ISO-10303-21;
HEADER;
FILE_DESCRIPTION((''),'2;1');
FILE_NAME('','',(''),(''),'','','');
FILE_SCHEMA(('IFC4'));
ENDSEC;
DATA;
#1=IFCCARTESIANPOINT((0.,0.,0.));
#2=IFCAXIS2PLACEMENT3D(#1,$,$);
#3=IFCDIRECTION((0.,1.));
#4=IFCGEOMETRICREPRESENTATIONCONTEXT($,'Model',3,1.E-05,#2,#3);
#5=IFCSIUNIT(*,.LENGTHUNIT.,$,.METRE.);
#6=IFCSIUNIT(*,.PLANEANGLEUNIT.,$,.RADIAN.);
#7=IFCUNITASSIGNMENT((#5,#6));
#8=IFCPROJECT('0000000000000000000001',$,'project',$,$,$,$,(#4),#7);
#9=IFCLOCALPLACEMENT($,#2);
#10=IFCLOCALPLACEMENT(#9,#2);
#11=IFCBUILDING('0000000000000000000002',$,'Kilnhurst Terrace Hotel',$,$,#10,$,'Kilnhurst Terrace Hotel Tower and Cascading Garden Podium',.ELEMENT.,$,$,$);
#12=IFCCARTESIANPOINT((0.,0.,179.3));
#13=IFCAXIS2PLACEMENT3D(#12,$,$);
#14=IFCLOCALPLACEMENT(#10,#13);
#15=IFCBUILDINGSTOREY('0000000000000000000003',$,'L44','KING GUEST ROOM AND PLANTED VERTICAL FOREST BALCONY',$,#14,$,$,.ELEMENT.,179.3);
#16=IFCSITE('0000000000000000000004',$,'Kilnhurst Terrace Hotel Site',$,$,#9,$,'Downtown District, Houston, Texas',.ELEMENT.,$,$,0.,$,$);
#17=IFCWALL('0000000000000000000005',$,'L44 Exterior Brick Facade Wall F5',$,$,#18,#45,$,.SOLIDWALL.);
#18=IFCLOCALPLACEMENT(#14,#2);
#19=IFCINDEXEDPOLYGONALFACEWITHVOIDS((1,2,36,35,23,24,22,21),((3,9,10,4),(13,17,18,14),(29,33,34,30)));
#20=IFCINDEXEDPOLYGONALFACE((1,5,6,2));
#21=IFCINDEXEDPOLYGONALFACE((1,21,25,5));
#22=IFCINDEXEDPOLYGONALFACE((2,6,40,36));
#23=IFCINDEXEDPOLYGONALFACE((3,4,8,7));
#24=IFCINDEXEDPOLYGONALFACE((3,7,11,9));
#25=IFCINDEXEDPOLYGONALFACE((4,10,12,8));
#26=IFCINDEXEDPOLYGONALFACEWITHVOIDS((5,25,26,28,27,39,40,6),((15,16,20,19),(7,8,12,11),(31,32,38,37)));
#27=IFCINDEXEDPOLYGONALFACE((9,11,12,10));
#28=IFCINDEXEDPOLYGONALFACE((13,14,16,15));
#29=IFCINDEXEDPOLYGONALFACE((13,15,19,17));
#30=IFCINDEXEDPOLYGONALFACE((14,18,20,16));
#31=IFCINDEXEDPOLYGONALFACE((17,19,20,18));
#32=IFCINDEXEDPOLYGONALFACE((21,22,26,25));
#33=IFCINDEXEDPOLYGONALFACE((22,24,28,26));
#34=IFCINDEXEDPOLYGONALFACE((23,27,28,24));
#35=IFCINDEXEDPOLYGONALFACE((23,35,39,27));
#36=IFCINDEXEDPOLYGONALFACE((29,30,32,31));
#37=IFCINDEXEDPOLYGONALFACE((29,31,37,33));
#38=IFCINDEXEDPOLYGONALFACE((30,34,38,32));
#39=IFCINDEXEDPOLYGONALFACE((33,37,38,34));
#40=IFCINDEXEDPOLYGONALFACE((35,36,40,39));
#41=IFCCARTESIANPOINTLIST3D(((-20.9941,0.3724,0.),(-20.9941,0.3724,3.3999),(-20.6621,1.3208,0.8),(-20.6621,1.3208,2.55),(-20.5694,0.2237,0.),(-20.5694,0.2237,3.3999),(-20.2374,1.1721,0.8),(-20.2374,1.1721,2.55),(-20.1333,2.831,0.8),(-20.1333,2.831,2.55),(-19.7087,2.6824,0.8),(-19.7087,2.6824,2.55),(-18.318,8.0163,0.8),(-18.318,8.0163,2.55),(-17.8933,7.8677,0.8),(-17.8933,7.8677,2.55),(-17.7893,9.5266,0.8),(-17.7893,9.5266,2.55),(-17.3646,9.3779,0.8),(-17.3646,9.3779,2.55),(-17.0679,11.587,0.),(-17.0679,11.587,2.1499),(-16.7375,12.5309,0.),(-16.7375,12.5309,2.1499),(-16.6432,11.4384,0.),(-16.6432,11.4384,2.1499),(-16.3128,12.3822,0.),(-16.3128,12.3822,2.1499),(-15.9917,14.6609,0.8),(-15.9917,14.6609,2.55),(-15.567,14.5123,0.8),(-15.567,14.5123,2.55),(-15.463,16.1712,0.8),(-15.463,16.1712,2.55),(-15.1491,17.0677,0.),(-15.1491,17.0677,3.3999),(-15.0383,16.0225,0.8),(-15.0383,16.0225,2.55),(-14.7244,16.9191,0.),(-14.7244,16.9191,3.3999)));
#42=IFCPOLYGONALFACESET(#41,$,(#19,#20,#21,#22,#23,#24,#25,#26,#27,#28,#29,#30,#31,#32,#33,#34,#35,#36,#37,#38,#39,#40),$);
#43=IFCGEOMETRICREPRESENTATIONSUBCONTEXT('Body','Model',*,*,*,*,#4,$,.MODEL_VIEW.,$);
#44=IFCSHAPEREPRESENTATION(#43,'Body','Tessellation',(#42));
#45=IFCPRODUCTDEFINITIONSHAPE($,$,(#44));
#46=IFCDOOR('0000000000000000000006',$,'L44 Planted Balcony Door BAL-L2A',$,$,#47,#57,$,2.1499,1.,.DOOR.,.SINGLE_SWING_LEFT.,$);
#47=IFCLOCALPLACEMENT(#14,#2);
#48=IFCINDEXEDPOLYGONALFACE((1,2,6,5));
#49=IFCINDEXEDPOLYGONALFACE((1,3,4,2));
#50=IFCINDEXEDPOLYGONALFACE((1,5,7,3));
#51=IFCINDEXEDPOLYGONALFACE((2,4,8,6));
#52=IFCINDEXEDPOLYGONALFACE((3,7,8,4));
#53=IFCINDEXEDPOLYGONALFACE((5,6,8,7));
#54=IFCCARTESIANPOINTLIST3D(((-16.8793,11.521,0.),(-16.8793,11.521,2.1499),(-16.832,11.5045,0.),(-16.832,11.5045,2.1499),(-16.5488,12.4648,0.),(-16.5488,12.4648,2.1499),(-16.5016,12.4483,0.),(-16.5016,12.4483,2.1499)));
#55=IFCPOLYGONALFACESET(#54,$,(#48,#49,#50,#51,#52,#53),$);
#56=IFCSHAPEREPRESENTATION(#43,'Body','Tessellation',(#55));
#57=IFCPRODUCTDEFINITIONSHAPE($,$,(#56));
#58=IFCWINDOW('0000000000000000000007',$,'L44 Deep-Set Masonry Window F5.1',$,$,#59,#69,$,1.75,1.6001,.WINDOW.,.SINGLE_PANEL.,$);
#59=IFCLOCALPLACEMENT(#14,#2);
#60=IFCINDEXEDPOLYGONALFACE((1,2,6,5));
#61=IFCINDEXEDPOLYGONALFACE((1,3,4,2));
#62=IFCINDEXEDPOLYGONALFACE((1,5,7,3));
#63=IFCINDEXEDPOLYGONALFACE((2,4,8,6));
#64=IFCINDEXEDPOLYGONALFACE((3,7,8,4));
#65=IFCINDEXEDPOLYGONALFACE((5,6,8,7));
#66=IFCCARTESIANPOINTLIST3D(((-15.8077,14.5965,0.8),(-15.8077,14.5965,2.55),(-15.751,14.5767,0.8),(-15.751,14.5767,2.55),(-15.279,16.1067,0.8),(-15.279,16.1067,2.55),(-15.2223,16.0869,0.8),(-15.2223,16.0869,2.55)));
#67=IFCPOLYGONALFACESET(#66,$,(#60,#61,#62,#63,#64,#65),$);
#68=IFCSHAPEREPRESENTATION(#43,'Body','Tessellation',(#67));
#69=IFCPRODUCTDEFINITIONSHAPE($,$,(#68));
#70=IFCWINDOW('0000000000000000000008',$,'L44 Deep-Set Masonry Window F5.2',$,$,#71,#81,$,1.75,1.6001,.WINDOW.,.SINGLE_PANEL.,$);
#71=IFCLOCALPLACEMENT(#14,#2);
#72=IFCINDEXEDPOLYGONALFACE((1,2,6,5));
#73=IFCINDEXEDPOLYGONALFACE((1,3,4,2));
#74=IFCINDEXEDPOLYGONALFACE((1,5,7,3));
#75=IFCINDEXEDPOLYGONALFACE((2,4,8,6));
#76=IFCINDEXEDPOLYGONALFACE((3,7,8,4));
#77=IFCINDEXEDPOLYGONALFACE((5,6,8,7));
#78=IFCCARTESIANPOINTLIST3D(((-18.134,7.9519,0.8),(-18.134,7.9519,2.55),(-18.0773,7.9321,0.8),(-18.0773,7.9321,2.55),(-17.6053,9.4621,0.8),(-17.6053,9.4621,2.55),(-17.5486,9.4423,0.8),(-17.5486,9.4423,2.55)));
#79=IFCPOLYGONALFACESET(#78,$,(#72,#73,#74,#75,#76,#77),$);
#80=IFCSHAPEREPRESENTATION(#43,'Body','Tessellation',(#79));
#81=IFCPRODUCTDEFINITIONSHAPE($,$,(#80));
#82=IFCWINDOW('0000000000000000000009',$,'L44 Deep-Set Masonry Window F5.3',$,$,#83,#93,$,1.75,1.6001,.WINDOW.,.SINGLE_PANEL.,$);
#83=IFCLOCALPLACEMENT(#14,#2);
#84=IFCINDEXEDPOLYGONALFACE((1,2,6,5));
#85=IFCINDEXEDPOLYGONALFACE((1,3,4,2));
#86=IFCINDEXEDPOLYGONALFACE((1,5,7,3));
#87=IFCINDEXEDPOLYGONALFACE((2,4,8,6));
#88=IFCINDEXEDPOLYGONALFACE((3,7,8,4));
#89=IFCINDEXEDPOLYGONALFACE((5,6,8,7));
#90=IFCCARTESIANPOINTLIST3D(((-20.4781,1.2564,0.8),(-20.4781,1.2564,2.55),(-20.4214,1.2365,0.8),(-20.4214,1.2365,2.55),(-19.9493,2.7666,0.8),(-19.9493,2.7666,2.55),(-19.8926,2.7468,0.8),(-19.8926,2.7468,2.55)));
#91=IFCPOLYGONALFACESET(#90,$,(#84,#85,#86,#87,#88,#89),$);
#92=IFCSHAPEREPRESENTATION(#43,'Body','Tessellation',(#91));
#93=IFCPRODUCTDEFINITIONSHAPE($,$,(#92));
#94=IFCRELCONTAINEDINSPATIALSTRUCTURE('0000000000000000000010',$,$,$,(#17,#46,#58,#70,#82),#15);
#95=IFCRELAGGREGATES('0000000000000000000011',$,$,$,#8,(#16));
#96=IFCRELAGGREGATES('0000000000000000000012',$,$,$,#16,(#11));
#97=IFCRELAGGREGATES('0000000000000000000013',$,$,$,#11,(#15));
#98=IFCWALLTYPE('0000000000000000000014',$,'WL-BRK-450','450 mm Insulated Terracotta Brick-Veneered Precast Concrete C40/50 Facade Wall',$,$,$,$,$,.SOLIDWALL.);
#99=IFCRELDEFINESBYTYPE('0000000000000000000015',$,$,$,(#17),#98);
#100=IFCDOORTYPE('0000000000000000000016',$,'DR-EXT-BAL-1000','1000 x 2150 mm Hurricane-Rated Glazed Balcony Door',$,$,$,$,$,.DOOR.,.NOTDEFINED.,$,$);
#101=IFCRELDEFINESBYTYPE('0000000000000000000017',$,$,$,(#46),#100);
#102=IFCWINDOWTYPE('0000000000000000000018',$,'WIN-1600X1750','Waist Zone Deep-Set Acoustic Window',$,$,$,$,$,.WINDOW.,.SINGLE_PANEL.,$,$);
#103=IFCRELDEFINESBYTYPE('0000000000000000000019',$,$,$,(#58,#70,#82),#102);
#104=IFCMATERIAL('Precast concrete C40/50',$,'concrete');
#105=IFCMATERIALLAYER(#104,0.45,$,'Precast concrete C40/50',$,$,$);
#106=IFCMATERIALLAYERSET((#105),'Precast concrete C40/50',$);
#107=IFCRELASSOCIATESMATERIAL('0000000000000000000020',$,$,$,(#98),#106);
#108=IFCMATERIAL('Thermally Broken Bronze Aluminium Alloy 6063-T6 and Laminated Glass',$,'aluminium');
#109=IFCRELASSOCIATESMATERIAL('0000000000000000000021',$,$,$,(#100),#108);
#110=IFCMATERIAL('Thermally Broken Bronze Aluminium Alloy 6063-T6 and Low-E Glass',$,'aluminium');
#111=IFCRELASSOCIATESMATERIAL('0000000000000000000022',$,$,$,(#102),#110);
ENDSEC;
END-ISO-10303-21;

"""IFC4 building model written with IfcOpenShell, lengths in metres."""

from ifc_helpers import new_model, si_unit, direction, frame, frame_2d, origin, place, context, subcontext, project, spatial, rectangle, extrude, material, layer, layer_set, type_object, element, fill, save


model = new_model("IFC4")

# Units and contexts
model_context = context("Model", 3, precision=1e-05, world=origin(), true_north=direction((0.0, 1.0)))
body_context = subcontext(model_context, "Body", "Model", "MODEL_VIEW")
ifc_project = project(units=[si_unit("LENGTHUNIT", "METRE"), si_unit("PLANEANGLEUNIT", "RADIAN")], contexts=[model_context])

# Site, building, storey
site_placement = place(None, origin())
site = spatial("IfcSite", under=ifc_project, at=site_placement, Name="Kilnhurst Terrace Hotel Site", LongName="Downtown District, Houston, Texas", CompositionType="ELEMENT", RefElevation=0.0)
building_placement = place(site_placement, origin())
building = spatial("IfcBuilding", under=site, at=building_placement, Name="Kilnhurst Terrace Hotel", LongName="Kilnhurst Terrace Hotel Tower and Cascading Garden Podium", CompositionType="ELEMENT")
storey_placement = place(building_placement, frame((0.0, 0.0, 179.3)))
storey = spatial("IfcBuildingStorey", under=building, at=storey_placement, Name="L44", Description="KING GUEST ROOM AND PLANTED VERTICAL FOREST BALCONY", CompositionType="ELEMENT", Elevation=179.3)

# Shared definitions
ifc_material_1 = material(Name="Precast concrete C40/50", Category="concrete")
ifc_layer_1 = layer(ifc_material_1, 0.45, Name="Precast concrete C40/50")
ifc_layer_set_1 = layer_set([ifc_layer_1], Name="Precast concrete C40/50")
wall_type_1 = type_object("IfcWallType", Name="WL-BRK-450", Description="450 mm Insulated Terracotta Brick-Veneered Precast Concrete C40/50 Facade Wall", PredefinedType="SOLIDWALL", material=ifc_layer_set_1)

# Wall, openings, door, windows
wall_1_placement = place(storey_placement, frame((-14.9368, 16.9934, 0.0), z_axis=(0.0, 0.0, 1.0), x_axis=(-0.330432, -0.94383, 0.0)))
wall_1 = element("IfcWall", 1, at=wall_1_placement, inside=storey, type_object=wall_type_1, Name="L44 Exterior Brick Facade Wall F5", PredefinedType="SOLIDWALL", context=body_context, shape_type="SweptSolid", body=[
    extrude(rectangle(XDim=17.689, YDim=0.45, at=frame_2d((8.8445, 0.0))), origin(), (0.0, 0.0, 1.0), 3.3999),
])
opening_1_placement = place(wall_1_placement, frame((4.8069, 0.0, 0.0)))
opening_1 = element("IfcOpeningElement", 2, at=opening_1_placement, cuts=wall_1, PredefinedType="OPENING", context=body_context, shape_type="SweptSolid", body=[
    extrude(rectangle(XDim=1.0, YDim=2.1499, at=frame_2d((0.5, 1.075))), frame((0.0, 0.2349, 0.0), z_axis=(0.0, -1.0, 0.0), x_axis=(1.0, 0.0, 0.0)), (0.0, 0.0, 1.0), 0.47),
])
opening_2_placement = place(wall_1_placement, frame((0.95, 0.0, 0.8)))
opening_2 = element("IfcOpeningElement", 3, at=opening_2_placement, cuts=wall_1, PredefinedType="OPENING", context=body_context, shape_type="SweptSolid", body=[
    extrude(rectangle(XDim=1.6001, YDim=1.75, at=frame_2d((0.8, 0.875))), frame((0.0, 0.2349, 0.0), z_axis=(0.0, -1.0, 0.0), x_axis=(1.0, 0.0, 0.0)), (0.0, 0.0, 1.0), 0.47),
])
opening_3_placement = place(wall_1_placement, frame((7.99, 0.0, 0.8)))
opening_3 = element("IfcOpeningElement", 4, at=opening_3_placement, cuts=wall_1, PredefinedType="OPENING", context=body_context, shape_type="SweptSolid", body=[
    extrude(rectangle(XDim=1.6001, YDim=1.75, at=frame_2d((0.8, 0.875))), frame((0.0, 0.2349, 0.0), z_axis=(0.0, -1.0, 0.0), x_axis=(1.0, 0.0, 0.0)), (0.0, 0.0, 1.0), 0.47),
])
opening_4_placement = place(wall_1_placement, frame((15.084, 0.0, 0.8)))
opening_4 = element("IfcOpeningElement", 5, at=opening_4_placement, cuts=wall_1, PredefinedType="OPENING", context=body_context, shape_type="SweptSolid", body=[
    extrude(rectangle(XDim=1.6001, YDim=1.75, at=frame_2d((0.8, 0.875))), frame((0.0, 0.2349, 0.0), z_axis=(0.0, -1.0, 0.0), x_axis=(1.0, 0.0, 0.0)), (0.0, 0.0, 1.0), 0.47),
])
ifc_material_2 = material(Name="Thermally Broken Bronze Aluminium Alloy 6063-T6 and Laminated Glass", Category="aluminium")
door_type_1 = type_object("IfcDoorType", Name="DR-EXT-BAL-1000", Description="1000 x 2150 mm Hurricane-Rated Glazed Balcony Door", OperationType="NOTDEFINED", PredefinedType="DOOR", material=ifc_material_2)
door_1_placement = place(opening_1_placement, origin())
door_1 = element("IfcDoor", 6, at=door_1_placement, inside=storey, type_object=door_type_1, Name="L44 Planted Balcony Door BAL-L2A", OperationType="SINGLE_SWING_LEFT", OverallHeight=2.1499, OverallWidth=1.0, PredefinedType="DOOR", context=body_context, shape_type="SweptSolid", body=[
    extrude(rectangle(XDim=1.0, YDim=2.1499, at=frame_2d((0.5, 1.075))), frame((0.0, 0.0249, 0.0), z_axis=(0.0, -1.0, 0.0), x_axis=(1.0, 0.0, 0.0)), (0.0, 0.0, 1.0), 0.05),
])
fill(opening_1, door_1)
ifc_material_3 = material(Name="Thermally Broken Bronze Aluminium Alloy 6063-T6 and Low-E Glass", Category="aluminium")
window_type = type_object("IfcWindowType", Name="WIN-1600X1750", Description="Waist Zone Deep-Set Acoustic Window", PartitioningType="SINGLE_PANEL", PredefinedType="WINDOW", material=ifc_material_3)
window_1_placement = place(opening_2_placement, origin())
window_1 = element("IfcWindow", 7, at=window_1_placement, inside=storey, type_object=window_type, Name="L44 Deep-Set Masonry Window F5.1", OverallHeight=1.75, OverallWidth=1.6001, PartitioningType="SINGLE_PANEL", PredefinedType="WINDOW", context=body_context, shape_type="SweptSolid", body=[
    extrude(rectangle(XDim=1.6001, YDim=1.75, at=frame_2d((0.8, 0.875))), frame((0.0, 0.03, 0.0), z_axis=(0.0, -1.0, 0.0), x_axis=(1.0, 0.0, 0.0)), (0.0, 0.0, 1.0), 0.0601),
])
fill(opening_2, window_1)
window_2_placement = place(opening_3_placement, origin())
window_2 = element("IfcWindow", 8, at=window_2_placement, inside=storey, type_object=window_type, Name="L44 Deep-Set Masonry Window F5.2", OverallHeight=1.75, OverallWidth=1.6001, PartitioningType="SINGLE_PANEL", PredefinedType="WINDOW", context=body_context, shape_type="SweptSolid", body=[
    extrude(rectangle(XDim=1.6001, YDim=1.75, at=frame_2d((0.8, 0.875))), frame((0.0, 0.03, 0.0), z_axis=(0.0, -1.0, 0.0), x_axis=(1.0, 0.0, 0.0)), (0.0, 0.0, 1.0), 0.0601),
])
fill(opening_3, window_2)
window_3_placement = place(opening_4_placement, origin())
window_3 = element("IfcWindow", 9, at=window_3_placement, inside=storey, type_object=window_type, Name="L44 Deep-Set Masonry Window F5.3", OverallHeight=1.75, OverallWidth=1.6001, PartitioningType="SINGLE_PANEL", PredefinedType="WINDOW", context=body_context, shape_type="SweptSolid", body=[
    extrude(rectangle(XDim=1.6001, YDim=1.75, at=frame_2d((0.8, 0.875))), frame((0.0, 0.03, 0.0), z_axis=(0.0, -1.0, 0.0), x_axis=(1.0, 0.0, 0.0)), (0.0, 0.0, 1.0), 0.0601),
])
fill(opening_4, window_3)

save(model, "model.ifc")
